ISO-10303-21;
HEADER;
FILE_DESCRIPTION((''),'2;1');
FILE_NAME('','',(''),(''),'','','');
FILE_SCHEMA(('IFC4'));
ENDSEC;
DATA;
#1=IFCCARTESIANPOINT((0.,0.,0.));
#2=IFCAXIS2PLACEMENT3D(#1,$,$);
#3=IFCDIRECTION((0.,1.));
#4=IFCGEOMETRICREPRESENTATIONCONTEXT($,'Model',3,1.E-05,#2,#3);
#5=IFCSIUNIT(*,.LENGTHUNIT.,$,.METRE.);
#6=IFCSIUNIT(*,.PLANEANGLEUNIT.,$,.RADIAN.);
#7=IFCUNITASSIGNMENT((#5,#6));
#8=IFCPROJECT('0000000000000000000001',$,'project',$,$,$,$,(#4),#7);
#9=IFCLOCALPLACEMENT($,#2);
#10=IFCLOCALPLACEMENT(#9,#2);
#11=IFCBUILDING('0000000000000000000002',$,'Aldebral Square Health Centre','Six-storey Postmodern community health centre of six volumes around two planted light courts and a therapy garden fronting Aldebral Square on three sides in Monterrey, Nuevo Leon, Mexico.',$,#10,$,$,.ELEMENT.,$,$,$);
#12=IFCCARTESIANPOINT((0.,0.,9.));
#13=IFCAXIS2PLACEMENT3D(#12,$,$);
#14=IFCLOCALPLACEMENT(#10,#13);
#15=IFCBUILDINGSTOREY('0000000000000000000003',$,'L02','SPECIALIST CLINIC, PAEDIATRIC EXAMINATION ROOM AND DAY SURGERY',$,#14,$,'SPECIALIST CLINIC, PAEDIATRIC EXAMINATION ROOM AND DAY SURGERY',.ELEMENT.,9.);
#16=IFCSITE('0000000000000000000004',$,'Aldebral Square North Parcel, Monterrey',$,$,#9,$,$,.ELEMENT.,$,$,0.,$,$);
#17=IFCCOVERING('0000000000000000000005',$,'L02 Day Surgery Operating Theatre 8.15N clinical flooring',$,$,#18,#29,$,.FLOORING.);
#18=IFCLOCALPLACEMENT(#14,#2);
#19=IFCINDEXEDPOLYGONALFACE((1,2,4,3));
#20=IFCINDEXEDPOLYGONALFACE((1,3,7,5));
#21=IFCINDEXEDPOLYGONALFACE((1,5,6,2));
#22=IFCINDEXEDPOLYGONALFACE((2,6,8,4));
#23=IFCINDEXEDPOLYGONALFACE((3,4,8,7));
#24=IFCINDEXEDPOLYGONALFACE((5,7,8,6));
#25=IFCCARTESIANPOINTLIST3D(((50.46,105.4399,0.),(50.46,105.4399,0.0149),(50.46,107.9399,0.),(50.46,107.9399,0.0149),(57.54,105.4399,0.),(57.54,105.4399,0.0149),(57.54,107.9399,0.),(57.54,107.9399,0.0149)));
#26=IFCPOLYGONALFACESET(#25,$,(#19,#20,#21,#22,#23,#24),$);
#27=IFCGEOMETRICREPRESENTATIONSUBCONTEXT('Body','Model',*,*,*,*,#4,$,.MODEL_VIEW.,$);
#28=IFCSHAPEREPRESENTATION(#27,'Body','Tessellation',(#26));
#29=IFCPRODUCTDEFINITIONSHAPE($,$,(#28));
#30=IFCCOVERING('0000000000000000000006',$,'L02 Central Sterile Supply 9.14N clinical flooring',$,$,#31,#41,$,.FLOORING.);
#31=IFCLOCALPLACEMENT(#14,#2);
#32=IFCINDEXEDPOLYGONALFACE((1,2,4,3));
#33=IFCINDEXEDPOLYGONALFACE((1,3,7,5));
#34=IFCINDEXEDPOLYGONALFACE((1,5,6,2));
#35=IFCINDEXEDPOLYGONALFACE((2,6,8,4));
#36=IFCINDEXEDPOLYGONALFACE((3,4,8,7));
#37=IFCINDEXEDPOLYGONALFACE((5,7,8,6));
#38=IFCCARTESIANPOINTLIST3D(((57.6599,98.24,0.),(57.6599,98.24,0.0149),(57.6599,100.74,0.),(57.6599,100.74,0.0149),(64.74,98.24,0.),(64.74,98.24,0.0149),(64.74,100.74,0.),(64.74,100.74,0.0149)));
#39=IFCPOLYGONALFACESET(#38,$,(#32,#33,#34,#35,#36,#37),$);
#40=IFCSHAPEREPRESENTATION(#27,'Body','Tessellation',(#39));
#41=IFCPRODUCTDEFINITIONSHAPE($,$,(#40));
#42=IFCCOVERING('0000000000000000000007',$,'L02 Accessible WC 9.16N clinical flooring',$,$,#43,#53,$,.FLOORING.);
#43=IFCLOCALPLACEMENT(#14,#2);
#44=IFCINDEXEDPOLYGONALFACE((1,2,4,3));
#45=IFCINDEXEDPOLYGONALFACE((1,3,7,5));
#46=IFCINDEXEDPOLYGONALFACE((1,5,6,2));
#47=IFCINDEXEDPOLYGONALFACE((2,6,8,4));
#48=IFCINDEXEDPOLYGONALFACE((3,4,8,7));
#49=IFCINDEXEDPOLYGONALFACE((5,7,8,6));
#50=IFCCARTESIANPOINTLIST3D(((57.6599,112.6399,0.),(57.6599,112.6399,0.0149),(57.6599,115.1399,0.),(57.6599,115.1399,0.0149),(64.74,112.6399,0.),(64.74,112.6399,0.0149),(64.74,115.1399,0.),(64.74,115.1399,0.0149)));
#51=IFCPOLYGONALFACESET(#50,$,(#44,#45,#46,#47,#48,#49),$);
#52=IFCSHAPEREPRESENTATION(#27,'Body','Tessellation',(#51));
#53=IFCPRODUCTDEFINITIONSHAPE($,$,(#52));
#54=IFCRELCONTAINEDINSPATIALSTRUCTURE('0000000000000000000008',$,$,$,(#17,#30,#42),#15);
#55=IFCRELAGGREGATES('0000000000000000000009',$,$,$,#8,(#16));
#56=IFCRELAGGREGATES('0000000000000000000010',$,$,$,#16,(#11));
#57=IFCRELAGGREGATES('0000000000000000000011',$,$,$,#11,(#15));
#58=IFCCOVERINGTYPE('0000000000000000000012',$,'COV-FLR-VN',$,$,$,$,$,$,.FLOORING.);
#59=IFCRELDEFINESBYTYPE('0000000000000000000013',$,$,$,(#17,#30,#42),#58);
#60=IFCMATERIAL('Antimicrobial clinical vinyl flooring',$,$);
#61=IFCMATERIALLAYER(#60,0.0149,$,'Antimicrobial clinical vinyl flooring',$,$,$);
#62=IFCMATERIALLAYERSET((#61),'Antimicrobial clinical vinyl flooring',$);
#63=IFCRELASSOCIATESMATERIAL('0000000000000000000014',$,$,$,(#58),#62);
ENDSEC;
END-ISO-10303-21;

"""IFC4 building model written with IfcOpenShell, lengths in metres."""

from ifc_helpers import new_model, si_unit, direction, frame, origin, place, context, subcontext, project, spatial, polyline, outline, extrude, material, layer, layer_set, type_object, element, save


model = new_model("IFC4")

# Units and contexts
model_context = context("Model", 3, precision=1e-05, world=origin(), true_north=direction((0.0, 1.0)))
body_context = subcontext(model_context, "Body", "Model", "MODEL_VIEW")
ifc_project = project(units=[si_unit("LENGTHUNIT", "METRE"), si_unit("PLANEANGLEUNIT", "RADIAN")], contexts=[model_context])

# Site, building, storey
site_placement = place(None, origin())
site = spatial("IfcSite", under=ifc_project, at=site_placement, Name="Aldebral Square North Parcel, Monterrey", CompositionType="ELEMENT", RefElevation=0.0)
building_placement = place(site_placement, origin())
building = spatial("IfcBuilding", under=site, at=building_placement, Name="Aldebral Square Health Centre", Description="Six-storey Postmodern community health centre of six volumes around two planted light courts and a therapy garden fronting Aldebral Square on three sides in Monterrey, Nuevo Leon, Mexico.", CompositionType="ELEMENT")
storey_placement = place(building_placement, frame((0.0, 0.0, 9.0)))
storey = spatial("IfcBuildingStorey", under=building, at=storey_placement, Name="L02", Description="SPECIALIST CLINIC, PAEDIATRIC EXAMINATION ROOM AND DAY SURGERY", LongName="SPECIALIST CLINIC, PAEDIATRIC EXAMINATION ROOM AND DAY SURGERY", CompositionType="ELEMENT", Elevation=9.0)

# Coverings
ifc_material_1 = material(Name="Antimicrobial clinical vinyl flooring")
ifc_layer_1 = layer(ifc_material_1, 0.0149, Name="Antimicrobial clinical vinyl flooring")
ifc_layer_set_1 = layer_set([ifc_layer_1], Name="Antimicrobial clinical vinyl flooring")
covering_type_1 = type_object("IfcCoveringType", Name="COV-FLR-VN", PredefinedType="FLOORING", material=ifc_layer_set_1)
covering_1_placement = place(storey_placement, origin())
element("IfcCovering", 1, at=covering_1_placement, inside=storey, type_object=covering_type_1, Name="L02 Day Surgery Operating Theatre 8.15N clinical flooring", PredefinedType="FLOORING", context=body_context, shape_type="SweptSolid", body=[
    extrude(outline(polyline([(50.46, 105.4399), (57.54, 105.4399), (57.54, 107.9399), (50.46, 107.9399), (50.46, 105.4399)])), origin(), (0.0, 0.0, 1.0), 0.0149),
])
covering_2_placement = place(storey_placement, origin())
element("IfcCovering", 2, at=covering_2_placement, inside=storey, type_object=covering_type_1, Name="L02 Central Sterile Supply 9.14N clinical flooring", PredefinedType="FLOORING", context=body_context, shape_type="SweptSolid", body=[
    extrude(outline(polyline([(57.6599, 98.24), (64.74, 98.24), (64.74, 100.74), (57.6599, 100.74), (57.6599, 98.24)])), origin(), (0.0, 0.0, 1.0), 0.0149),
])
covering_3_placement = place(storey_placement, origin())
element("IfcCovering", 3, at=covering_3_placement, inside=storey, type_object=covering_type_1, Name="L02 Accessible WC 9.16N clinical flooring", PredefinedType="FLOORING", context=body_context, shape_type="SweptSolid", body=[
    extrude(outline(polyline([(57.6599, 112.6399), (64.74, 112.6399), (64.74, 115.1399), (57.6599, 115.1399), (57.6599, 112.6399)])), origin(), (0.0, 0.0, 1.0), 0.0149),
])

save(model, "model.ifc")
